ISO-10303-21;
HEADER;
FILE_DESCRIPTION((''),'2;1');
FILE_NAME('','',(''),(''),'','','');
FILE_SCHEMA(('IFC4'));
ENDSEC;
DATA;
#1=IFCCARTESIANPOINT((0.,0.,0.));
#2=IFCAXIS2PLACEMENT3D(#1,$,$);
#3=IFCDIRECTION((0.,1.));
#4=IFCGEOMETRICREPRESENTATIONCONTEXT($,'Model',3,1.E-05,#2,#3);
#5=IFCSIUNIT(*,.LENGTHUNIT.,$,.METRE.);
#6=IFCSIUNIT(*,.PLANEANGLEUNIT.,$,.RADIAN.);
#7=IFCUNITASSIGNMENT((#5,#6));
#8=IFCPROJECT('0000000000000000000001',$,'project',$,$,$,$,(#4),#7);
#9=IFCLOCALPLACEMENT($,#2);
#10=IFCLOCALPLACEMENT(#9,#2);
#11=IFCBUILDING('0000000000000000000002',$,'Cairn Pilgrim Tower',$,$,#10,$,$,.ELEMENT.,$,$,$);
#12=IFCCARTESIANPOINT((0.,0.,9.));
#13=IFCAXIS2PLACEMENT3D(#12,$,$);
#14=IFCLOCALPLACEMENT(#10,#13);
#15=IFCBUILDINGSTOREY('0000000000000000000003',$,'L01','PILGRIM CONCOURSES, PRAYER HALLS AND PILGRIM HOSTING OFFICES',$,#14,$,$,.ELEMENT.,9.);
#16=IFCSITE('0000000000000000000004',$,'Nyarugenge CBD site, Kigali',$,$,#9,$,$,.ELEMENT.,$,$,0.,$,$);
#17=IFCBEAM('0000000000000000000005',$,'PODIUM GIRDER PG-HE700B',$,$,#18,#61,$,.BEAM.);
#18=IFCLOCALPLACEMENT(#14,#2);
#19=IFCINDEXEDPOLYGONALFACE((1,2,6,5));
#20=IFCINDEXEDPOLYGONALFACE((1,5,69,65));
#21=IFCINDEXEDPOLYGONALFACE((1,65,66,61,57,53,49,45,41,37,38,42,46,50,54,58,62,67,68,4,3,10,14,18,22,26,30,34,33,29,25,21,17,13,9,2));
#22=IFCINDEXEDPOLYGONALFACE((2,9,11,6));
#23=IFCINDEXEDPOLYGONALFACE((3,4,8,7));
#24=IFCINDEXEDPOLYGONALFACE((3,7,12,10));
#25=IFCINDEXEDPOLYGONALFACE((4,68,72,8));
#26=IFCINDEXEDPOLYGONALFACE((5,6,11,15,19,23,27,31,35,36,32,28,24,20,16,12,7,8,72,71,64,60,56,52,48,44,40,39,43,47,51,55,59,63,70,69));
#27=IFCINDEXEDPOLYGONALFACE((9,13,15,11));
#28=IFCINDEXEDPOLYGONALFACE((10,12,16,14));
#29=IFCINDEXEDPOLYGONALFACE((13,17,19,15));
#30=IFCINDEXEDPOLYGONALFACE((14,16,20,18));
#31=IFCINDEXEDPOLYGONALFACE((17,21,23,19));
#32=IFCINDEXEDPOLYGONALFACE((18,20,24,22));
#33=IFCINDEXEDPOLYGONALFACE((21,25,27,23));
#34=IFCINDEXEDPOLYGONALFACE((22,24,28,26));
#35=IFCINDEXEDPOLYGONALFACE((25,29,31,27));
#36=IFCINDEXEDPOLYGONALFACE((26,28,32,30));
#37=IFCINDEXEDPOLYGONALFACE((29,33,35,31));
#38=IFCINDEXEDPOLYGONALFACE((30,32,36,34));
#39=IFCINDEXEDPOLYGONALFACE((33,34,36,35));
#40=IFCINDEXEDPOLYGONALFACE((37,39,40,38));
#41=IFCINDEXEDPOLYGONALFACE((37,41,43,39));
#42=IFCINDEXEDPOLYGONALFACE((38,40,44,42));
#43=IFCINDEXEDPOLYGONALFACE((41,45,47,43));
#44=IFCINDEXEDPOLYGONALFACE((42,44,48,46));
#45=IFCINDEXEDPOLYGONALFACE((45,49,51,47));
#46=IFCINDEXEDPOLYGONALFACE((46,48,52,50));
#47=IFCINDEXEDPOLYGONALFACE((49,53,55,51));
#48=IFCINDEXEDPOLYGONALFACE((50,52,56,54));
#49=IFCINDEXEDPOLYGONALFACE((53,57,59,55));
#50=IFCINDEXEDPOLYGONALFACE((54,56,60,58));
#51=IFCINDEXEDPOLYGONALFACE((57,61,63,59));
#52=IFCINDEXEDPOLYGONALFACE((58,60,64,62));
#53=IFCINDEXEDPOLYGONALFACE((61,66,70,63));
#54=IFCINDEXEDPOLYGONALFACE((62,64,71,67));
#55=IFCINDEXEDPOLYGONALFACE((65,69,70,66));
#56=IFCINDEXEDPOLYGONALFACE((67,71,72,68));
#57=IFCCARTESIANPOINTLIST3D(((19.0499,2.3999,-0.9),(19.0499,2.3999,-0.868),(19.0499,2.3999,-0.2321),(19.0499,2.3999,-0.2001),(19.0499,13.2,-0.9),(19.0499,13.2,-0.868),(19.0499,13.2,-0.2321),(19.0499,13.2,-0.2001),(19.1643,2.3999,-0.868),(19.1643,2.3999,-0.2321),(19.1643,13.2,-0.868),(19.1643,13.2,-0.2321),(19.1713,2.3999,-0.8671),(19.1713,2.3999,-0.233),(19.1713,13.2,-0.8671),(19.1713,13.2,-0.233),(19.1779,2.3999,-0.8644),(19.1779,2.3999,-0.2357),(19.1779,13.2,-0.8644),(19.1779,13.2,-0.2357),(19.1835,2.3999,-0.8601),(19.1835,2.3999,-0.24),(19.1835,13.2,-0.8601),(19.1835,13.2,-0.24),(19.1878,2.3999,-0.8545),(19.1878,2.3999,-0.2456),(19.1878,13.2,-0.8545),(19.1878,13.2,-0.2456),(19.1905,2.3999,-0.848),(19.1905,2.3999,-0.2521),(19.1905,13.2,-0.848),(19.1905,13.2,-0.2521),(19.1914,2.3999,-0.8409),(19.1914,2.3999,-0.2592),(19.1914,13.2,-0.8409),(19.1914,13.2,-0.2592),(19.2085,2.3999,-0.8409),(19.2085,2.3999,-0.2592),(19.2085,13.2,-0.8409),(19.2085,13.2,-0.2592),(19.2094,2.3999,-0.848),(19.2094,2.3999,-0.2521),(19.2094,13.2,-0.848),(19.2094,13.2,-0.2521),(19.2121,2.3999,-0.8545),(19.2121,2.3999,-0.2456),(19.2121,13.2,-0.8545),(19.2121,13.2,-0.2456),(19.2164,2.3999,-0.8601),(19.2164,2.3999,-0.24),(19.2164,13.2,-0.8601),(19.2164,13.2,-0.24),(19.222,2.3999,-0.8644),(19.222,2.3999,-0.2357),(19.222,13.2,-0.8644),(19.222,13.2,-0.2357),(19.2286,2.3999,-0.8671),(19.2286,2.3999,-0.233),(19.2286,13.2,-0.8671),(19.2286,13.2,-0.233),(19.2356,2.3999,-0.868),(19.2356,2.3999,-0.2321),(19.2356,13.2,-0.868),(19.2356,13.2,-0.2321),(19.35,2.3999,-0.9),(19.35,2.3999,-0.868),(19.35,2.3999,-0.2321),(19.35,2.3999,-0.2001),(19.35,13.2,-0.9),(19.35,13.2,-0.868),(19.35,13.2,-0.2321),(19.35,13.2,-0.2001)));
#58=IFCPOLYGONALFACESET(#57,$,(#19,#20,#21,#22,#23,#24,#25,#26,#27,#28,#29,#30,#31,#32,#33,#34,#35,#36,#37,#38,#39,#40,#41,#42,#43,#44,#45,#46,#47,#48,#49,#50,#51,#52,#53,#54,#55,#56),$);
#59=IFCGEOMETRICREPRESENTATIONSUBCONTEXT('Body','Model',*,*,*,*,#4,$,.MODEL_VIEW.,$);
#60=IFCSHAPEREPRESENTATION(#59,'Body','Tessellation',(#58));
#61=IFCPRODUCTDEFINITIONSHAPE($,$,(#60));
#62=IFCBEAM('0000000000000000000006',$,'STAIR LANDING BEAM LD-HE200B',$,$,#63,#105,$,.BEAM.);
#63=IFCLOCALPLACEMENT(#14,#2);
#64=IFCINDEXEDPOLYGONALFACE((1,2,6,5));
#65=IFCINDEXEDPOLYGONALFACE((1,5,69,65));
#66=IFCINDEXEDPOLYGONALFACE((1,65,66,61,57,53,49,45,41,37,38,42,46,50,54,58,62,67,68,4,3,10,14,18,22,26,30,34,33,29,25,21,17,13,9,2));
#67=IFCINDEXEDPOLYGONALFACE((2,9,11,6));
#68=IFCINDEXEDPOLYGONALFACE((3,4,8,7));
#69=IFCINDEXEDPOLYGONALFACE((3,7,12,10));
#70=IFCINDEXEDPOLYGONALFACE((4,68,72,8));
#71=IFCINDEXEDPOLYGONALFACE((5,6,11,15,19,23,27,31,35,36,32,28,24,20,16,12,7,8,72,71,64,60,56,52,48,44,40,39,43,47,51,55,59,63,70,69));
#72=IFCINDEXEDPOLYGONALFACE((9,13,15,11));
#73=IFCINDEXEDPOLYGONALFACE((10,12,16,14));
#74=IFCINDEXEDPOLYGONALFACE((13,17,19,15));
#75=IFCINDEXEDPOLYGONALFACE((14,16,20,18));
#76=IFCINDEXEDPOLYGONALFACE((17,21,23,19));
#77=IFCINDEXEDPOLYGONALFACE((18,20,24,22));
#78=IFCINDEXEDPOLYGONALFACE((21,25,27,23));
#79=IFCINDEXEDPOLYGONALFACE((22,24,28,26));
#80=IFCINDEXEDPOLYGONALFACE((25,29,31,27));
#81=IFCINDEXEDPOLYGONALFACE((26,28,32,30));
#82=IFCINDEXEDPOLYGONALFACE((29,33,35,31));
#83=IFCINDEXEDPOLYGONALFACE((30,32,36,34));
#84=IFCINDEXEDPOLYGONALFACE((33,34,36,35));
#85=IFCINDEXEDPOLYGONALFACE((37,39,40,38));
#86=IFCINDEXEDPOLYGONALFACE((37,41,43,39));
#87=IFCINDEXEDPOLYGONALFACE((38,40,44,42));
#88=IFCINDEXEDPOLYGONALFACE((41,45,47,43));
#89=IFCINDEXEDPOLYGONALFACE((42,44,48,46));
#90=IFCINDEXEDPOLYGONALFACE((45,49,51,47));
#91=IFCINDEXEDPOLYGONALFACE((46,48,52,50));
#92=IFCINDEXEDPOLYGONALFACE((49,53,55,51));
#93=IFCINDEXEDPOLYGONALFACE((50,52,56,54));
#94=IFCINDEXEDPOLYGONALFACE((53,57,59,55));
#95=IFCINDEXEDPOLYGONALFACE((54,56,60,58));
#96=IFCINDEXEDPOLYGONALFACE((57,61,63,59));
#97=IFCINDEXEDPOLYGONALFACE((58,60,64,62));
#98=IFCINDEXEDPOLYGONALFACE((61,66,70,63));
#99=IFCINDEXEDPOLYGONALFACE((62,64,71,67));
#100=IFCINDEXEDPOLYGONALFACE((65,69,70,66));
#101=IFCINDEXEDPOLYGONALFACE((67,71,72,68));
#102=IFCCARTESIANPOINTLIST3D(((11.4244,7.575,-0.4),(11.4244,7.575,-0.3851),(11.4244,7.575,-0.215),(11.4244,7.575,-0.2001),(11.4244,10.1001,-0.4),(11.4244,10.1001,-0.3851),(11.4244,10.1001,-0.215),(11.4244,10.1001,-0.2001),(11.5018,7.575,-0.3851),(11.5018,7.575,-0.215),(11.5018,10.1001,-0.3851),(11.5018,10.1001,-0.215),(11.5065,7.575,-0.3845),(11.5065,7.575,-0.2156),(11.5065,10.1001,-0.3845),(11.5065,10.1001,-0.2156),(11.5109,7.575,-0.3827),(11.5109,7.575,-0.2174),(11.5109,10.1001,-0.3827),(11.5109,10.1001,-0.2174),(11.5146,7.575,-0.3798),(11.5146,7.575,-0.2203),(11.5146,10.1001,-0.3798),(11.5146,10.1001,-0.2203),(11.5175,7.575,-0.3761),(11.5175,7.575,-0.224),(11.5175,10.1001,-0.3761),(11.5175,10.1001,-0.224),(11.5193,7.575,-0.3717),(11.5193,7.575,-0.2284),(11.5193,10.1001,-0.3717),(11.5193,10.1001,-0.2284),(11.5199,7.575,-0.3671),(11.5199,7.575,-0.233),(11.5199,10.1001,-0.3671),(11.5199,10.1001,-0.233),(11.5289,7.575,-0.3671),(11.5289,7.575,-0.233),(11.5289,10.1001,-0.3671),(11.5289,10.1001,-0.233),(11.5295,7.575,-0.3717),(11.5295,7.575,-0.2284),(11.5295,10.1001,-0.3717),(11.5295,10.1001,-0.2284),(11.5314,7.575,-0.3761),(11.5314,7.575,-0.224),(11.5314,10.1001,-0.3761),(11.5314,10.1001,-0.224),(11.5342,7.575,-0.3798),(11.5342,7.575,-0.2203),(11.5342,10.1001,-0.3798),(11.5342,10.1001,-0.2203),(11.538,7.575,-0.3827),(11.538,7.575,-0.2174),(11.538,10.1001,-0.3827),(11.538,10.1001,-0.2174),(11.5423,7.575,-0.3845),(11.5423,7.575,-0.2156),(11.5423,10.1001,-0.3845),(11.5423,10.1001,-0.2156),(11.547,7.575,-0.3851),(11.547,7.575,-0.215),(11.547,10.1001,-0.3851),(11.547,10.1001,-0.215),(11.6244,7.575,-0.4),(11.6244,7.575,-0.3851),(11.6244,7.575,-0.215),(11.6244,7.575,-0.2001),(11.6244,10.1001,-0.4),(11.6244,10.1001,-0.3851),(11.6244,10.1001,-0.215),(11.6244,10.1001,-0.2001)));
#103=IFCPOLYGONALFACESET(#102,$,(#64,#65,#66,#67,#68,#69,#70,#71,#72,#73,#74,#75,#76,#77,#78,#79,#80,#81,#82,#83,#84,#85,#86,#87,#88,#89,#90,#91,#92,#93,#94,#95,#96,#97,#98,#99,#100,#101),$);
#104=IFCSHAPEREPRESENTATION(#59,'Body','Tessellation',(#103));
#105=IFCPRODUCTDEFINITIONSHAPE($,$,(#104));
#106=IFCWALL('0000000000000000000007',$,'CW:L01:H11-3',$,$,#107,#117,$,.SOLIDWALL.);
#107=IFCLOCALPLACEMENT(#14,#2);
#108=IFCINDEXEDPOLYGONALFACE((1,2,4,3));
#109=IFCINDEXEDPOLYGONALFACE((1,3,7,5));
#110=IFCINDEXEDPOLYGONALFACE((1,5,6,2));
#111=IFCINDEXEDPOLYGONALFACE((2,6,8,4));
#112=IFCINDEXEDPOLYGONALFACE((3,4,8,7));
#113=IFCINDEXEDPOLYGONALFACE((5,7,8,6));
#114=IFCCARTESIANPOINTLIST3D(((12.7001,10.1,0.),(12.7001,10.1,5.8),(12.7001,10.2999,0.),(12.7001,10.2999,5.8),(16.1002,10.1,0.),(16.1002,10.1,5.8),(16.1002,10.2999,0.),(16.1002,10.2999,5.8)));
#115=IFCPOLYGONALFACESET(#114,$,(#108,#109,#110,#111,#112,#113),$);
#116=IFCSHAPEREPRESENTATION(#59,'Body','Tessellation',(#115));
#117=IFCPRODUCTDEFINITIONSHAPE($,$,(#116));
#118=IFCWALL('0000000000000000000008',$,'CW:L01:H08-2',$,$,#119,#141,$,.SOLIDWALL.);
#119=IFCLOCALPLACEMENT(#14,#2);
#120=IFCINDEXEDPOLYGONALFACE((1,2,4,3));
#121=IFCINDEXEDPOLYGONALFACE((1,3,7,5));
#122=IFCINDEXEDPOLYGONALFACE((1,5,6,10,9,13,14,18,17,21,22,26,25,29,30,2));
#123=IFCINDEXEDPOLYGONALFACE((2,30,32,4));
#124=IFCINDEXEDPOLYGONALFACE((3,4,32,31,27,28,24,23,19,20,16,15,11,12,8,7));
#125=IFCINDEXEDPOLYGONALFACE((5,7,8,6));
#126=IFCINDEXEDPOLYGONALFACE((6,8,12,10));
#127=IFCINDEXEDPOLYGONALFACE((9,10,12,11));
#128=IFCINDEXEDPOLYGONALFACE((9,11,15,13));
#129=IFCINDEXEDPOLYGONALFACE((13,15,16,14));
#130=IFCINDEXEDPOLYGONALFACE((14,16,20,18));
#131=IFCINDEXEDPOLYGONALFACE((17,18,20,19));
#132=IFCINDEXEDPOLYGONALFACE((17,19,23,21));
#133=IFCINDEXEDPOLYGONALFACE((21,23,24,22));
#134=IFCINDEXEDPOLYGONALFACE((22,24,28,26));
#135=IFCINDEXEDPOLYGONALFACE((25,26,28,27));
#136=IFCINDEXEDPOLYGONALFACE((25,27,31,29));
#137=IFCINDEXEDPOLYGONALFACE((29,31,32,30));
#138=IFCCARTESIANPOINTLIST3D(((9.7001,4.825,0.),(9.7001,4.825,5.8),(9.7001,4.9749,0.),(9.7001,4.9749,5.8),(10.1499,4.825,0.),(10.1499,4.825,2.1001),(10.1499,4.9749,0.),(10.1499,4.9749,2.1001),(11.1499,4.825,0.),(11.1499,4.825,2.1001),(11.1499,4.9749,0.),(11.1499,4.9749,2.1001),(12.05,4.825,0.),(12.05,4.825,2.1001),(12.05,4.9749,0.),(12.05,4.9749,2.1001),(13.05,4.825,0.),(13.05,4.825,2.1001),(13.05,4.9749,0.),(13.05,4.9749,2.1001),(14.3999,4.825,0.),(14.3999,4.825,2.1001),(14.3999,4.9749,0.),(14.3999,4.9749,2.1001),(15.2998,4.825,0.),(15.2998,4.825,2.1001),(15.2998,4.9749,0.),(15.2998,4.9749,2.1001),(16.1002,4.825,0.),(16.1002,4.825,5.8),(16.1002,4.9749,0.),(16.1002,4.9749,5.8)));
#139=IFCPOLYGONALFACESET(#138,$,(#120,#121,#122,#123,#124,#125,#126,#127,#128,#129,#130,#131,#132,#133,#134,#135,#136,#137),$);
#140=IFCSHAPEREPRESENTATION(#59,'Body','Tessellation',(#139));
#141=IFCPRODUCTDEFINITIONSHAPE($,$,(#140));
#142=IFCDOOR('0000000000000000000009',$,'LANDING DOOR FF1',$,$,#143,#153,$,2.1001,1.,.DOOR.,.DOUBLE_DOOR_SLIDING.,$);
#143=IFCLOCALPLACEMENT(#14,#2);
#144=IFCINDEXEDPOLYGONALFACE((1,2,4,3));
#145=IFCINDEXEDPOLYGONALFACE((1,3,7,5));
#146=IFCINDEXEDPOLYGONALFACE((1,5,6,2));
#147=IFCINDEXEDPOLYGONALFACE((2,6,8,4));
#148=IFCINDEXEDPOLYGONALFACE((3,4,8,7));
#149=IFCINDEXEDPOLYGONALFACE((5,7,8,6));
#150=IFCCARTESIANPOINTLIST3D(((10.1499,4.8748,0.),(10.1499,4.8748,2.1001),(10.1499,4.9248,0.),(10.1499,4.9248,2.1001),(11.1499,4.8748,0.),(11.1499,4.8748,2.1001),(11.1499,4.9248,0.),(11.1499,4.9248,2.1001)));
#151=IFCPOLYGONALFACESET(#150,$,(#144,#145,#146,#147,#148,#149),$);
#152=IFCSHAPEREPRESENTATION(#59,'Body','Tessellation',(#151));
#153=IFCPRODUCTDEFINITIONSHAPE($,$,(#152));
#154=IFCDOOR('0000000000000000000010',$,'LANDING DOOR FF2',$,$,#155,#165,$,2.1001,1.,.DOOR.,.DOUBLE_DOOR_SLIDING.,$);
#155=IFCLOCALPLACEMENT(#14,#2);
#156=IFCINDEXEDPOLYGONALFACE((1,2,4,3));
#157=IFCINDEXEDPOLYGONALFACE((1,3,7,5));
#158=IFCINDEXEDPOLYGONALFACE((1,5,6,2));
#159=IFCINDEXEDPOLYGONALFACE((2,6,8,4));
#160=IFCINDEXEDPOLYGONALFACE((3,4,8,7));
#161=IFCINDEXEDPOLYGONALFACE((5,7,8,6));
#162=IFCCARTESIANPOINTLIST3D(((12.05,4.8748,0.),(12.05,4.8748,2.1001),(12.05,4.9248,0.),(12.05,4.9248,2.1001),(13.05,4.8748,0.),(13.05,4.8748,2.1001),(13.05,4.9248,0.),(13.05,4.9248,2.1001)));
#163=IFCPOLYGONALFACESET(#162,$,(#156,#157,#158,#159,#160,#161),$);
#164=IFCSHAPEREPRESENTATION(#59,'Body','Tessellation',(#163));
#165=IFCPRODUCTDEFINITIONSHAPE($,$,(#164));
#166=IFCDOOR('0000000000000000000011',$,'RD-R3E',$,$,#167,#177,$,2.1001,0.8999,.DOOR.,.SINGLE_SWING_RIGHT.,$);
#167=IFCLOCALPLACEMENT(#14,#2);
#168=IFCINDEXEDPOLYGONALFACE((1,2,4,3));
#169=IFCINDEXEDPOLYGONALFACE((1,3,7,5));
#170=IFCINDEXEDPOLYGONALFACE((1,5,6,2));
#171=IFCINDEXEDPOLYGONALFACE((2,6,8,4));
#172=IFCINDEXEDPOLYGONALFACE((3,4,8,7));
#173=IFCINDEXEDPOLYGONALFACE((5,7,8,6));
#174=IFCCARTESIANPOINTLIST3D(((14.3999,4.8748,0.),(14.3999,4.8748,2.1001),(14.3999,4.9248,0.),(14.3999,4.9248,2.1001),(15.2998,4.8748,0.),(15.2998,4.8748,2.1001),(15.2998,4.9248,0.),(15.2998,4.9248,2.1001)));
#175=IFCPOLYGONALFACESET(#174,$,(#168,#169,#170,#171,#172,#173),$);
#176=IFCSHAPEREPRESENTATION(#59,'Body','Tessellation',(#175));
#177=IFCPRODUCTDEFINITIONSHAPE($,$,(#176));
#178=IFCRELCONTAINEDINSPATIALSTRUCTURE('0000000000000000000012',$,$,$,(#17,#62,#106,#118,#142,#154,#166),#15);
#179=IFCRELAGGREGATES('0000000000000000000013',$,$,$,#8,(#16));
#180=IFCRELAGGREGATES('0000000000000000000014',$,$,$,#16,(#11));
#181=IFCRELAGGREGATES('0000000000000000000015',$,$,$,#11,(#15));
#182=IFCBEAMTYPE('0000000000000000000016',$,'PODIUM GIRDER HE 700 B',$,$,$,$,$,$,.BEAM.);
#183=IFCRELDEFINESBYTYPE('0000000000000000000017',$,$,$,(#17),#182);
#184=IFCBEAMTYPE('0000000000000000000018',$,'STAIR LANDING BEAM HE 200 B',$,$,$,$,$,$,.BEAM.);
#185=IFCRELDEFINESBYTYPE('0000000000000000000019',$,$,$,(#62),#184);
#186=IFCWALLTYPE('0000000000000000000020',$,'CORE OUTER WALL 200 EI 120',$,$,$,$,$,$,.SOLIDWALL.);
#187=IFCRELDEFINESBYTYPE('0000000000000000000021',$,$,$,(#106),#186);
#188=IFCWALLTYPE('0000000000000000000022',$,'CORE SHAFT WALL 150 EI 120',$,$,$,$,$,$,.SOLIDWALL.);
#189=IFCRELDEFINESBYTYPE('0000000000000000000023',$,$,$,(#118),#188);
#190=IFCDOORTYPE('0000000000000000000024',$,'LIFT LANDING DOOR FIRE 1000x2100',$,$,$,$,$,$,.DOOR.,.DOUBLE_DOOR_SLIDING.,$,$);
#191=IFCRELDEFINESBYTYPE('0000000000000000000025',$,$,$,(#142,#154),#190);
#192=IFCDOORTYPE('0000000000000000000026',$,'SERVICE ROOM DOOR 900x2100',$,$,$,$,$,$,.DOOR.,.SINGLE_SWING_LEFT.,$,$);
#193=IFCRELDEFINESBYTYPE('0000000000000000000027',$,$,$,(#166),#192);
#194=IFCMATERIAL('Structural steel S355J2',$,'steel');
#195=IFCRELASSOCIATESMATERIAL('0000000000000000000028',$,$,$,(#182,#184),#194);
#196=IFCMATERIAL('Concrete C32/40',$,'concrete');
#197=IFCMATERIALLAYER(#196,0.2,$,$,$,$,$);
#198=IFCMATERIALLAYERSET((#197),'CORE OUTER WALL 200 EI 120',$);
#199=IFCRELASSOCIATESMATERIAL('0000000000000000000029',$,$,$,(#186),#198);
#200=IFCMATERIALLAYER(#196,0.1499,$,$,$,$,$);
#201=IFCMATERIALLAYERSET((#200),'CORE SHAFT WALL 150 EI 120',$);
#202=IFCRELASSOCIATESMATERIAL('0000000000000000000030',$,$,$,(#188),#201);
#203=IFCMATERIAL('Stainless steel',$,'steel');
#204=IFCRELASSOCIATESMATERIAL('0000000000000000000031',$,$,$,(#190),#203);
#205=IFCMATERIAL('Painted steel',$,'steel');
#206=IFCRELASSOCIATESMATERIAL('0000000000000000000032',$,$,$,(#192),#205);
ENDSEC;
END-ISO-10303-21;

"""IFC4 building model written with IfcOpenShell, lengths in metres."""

from ifc_helpers import new_model, si_unit, direction, frame, frame_2d, origin, origin_2d, place, context, subcontext, project, spatial, rectangle, i_section, extrude, material, layer, layer_set, material_profile, profile_set, type_object, element, fill, save


model = new_model("IFC4")

# Units and contexts
model_context = context("Model", 3, precision=1e-05, world=origin(), true_north=direction((0.0, 1.0)))
body_context = subcontext(model_context, "Body", "Model", "MODEL_VIEW")
ifc_project = project(units=[si_unit("LENGTHUNIT", "METRE"), si_unit("PLANEANGLEUNIT", "RADIAN")], contexts=[model_context])

# Site, building, storey
site_placement = place(None, origin())
site = spatial("IfcSite", under=ifc_project, at=site_placement, Name="Nyarugenge CBD site, Kigali", CompositionType="ELEMENT", RefElevation=0.0)
building_placement = place(site_placement, origin())
building = spatial("IfcBuilding", under=site, at=building_placement, Name="Cairn Pilgrim Tower", CompositionType="ELEMENT")
storey_placement = place(building_placement, frame((0.0, 0.0, 9.0)))
storey = spatial("IfcBuildingStorey", under=building, at=storey_placement, Name="L01", Description="PILGRIM CONCOURSES, PRAYER HALLS AND PILGRIM HOSTING OFFICES", CompositionType="ELEMENT", Elevation=9.0)

# Beams
ifc_material_1 = material(Name="Structural steel S355J2", Category="steel")
ifc_material_profile_1 = material_profile(ifc_material_1, i_section(OverallWidth=0.3, OverallDepth=0.7, WebThickness=0.0171, FlangeThickness=0.032, FilletRadius=0.0271, at=origin_2d()), Name="HEB 700")
ifc_profile_set_1 = profile_set([ifc_material_profile_1], Name="Structural steel S355J2")
beam_type_1 = type_object("IfcBeamType", Name="PODIUM GIRDER HE 700 B", PredefinedType="BEAM", material=ifc_profile_set_1)
beam_1_placement = place(storey_placement, frame((19.2, 2.3999, -0.55), z_axis=(0.0, 1.0, 0.0), x_axis=(-1.0, 0.0, 0.0)))
element("IfcBeam", 1, at=beam_1_placement, inside=storey, type_object=beam_type_1, Name="PODIUM GIRDER PG-HE700B", PredefinedType="BEAM", context=body_context, shape_type="SweptSolid", body=[
    extrude(i_section(OverallWidth=0.3, OverallDepth=0.7, WebThickness=0.0171, FlangeThickness=0.032, FilletRadius=0.0271, at=origin_2d()), origin(), (0.0, 0.0, 1.0), 10.8),
])
ifc_material_profile_2 = material_profile(ifc_material_1, i_section(OverallWidth=0.2, OverallDepth=0.2, WebThickness=0.009, FlangeThickness=0.0149, FilletRadius=0.0181, at=origin_2d()), Name="HE 200 B")
ifc_profile_set_2 = profile_set([ifc_material_profile_2], Name="Structural steel S355J2")
beam_type_2 = type_object("IfcBeamType", Name="STAIR LANDING BEAM HE 200 B", PredefinedType="BEAM", material=ifc_profile_set_2)
beam_2_placement = place(storey_placement, frame((11.5244, 10.1001, -0.3), z_axis=(0.0, -1.0, 0.0), x_axis=(1.0, 0.0, 0.0)))
element("IfcBeam", 2, at=beam_2_placement, inside=storey, type_object=beam_type_2, Name="STAIR LANDING BEAM LD-HE200B", PredefinedType="BEAM", context=body_context, shape_type="SweptSolid", body=[
    extrude(i_section(OverallWidth=0.2, OverallDepth=0.2, WebThickness=0.009, FlangeThickness=0.0149, FilletRadius=0.0181, at=origin_2d()), origin(), (0.0, 0.0, 1.0), 2.5251),
])

# Wall
ifc_material_2 = material(Name="Concrete C32/40", Category="concrete")
ifc_layer_1 = layer(ifc_material_2, 0.2)
ifc_layer_set_1 = layer_set([ifc_layer_1], Name="CORE OUTER WALL 200 EI 120")
wall_type_1 = type_object("IfcWallType", Name="CORE OUTER WALL 200 EI 120", PredefinedType="SOLIDWALL", material=ifc_layer_set_1)
wall_1_placement = place(storey_placement, frame((12.7, 10.2, 0.0), z_axis=(0.0, 0.0, 1.0), x_axis=(1.0, 0.0, 0.0)))
element("IfcWall", 3, at=wall_1_placement, inside=storey, type_object=wall_type_1, Name="CW:L01:H11-3", PredefinedType="SOLIDWALL", context=body_context, shape_type="SweptSolid", body=[
    extrude(rectangle(XDim=3.4001, YDim=0.2, at=frame_2d((1.7002, 0.0))), origin(), (0.0, 0.0, 1.0), 5.8),
])

# Wall, openings, doors
ifc_layer_2 = layer(ifc_material_2, 0.1499)
ifc_layer_set_2 = layer_set([ifc_layer_2], Name="CORE SHAFT WALL 150 EI 120")
wall_type_2 = type_object("IfcWallType", Name="CORE SHAFT WALL 150 EI 120", PredefinedType="SOLIDWALL", material=ifc_layer_set_2)
wall_2_placement = place(storey_placement, frame((9.7, 4.8999, 0.0), z_axis=(0.0, 0.0, 1.0), x_axis=(1.0, 0.0, 0.0)))
wall_2 = element("IfcWall", 4, at=wall_2_placement, inside=storey, type_object=wall_type_2, Name="CW:L01:H08-2", PredefinedType="SOLIDWALL", context=body_context, shape_type="SweptSolid", body=[
    extrude(rectangle(XDim=6.4001, YDim=0.1499, at=frame_2d((3.2002, 0.0))), origin(), (0.0, 0.0, 1.0), 5.8),
])
opening_1_placement = place(wall_2_placement, frame((0.45, 0.0, 0.0)))
opening_1 = element("IfcOpeningElement", 5, at=opening_1_placement, cuts=wall_2, PredefinedType="OPENING", context=body_context, shape_type="SweptSolid", body=[
    extrude(rectangle(XDim=1.0, YDim=2.1001, at=frame_2d((0.5, 1.05))), frame((0.0, 0.085, 0.0), z_axis=(0.0, -1.0, 0.0), x_axis=(1.0, 0.0, 0.0)), (0.0, 0.0, 1.0), 0.1699),
])
opening_2_placement = place(wall_2_placement, frame((2.3501, 0.0, 0.0)))
opening_2 = element("IfcOpeningElement", 6, at=opening_2_placement, cuts=wall_2, PredefinedType="OPENING", context=body_context, shape_type="SweptSolid", body=[
    extrude(rectangle(XDim=1.0, YDim=2.1001, at=frame_2d((0.5, 1.05))), frame((0.0, 0.085, 0.0), z_axis=(0.0, -1.0, 0.0), x_axis=(1.0, 0.0, 0.0)), (0.0, 0.0, 1.0), 0.1699),
])
opening_3_placement = place(wall_2_placement, frame((4.7, 0.0, 0.0)))
opening_3 = element("IfcOpeningElement", 7, at=opening_3_placement, cuts=wall_2, PredefinedType="OPENING", context=body_context, shape_type="SweptSolid", body=[
    extrude(rectangle(XDim=0.8999, YDim=2.1001, at=frame_2d((0.45, 1.05))), frame((0.0, 0.085, 0.0), z_axis=(0.0, -1.0, 0.0), x_axis=(1.0, 0.0, 0.0)), (0.0, 0.0, 1.0), 0.1699),
])
ifc_material_3 = material(Name="Stainless steel", Category="steel")
door_type_1 = type_object("IfcDoorType", Name="LIFT LANDING DOOR FIRE 1000x2100", OperationType="DOUBLE_DOOR_SLIDING", PredefinedType="DOOR", material=ifc_material_3)
door_1_placement = place(opening_1_placement, origin())
door_1 = element("IfcDoor", 8, at=door_1_placement, inside=storey, type_object=door_type_1, Name="LANDING DOOR FF1", OperationType="DOUBLE_DOOR_SLIDING", OverallHeight=2.1001, OverallWidth=1.0, PredefinedType="DOOR", context=body_context, shape_type="SweptSolid", body=[
    extrude(rectangle(XDim=1.0, YDim=2.1001, at=frame_2d((0.5, 1.05))), frame((0.0, 0.0249, 0.0), z_axis=(0.0, -1.0, 0.0), x_axis=(1.0, 0.0, 0.0)), (0.0, 0.0, 1.0), 0.05),
])
fill(opening_1, door_1)
door_2_placement = place(opening_2_placement, origin())
door_2 = element("IfcDoor", 9, at=door_2_placement, inside=storey, type_object=door_type_1, Name="LANDING DOOR FF2", OperationType="DOUBLE_DOOR_SLIDING", OverallHeight=2.1001, OverallWidth=1.0, PredefinedType="DOOR", context=body_context, shape_type="SweptSolid", body=[
    extrude(rectangle(XDim=1.0, YDim=2.1001, at=frame_2d((0.5, 1.05))), frame((0.0, 0.0249, 0.0), z_axis=(0.0, -1.0, 0.0), x_axis=(1.0, 0.0, 0.0)), (0.0, 0.0, 1.0), 0.05),
])
fill(opening_2, door_2)
ifc_material_4 = material(Name="Painted steel", Category="steel")
door_type_2 = type_object("IfcDoorType", Name="SERVICE ROOM DOOR 900x2100", OperationType="SINGLE_SWING_LEFT", PredefinedType="DOOR", material=ifc_material_4)
door_3_placement = place(opening_3_placement, origin())
door_3 = element("IfcDoor", 10, at=door_3_placement, inside=storey, type_object=door_type_2, Name="RD-R3E", OperationType="SINGLE_SWING_RIGHT", OverallHeight=2.1001, OverallWidth=0.8999, PredefinedType="DOOR", context=body_context, shape_type="SweptSolid", body=[
    extrude(rectangle(XDim=0.8999, YDim=2.1001, at=frame_2d((0.45, 1.05))), frame((0.0, 0.0249, 0.0), z_axis=(0.0, -1.0, 0.0), x_axis=(1.0, 0.0, 0.0)), (0.0, 0.0, 1.0), 0.05),
])
fill(opening_3, door_3)

save(model, "model.ifc")
